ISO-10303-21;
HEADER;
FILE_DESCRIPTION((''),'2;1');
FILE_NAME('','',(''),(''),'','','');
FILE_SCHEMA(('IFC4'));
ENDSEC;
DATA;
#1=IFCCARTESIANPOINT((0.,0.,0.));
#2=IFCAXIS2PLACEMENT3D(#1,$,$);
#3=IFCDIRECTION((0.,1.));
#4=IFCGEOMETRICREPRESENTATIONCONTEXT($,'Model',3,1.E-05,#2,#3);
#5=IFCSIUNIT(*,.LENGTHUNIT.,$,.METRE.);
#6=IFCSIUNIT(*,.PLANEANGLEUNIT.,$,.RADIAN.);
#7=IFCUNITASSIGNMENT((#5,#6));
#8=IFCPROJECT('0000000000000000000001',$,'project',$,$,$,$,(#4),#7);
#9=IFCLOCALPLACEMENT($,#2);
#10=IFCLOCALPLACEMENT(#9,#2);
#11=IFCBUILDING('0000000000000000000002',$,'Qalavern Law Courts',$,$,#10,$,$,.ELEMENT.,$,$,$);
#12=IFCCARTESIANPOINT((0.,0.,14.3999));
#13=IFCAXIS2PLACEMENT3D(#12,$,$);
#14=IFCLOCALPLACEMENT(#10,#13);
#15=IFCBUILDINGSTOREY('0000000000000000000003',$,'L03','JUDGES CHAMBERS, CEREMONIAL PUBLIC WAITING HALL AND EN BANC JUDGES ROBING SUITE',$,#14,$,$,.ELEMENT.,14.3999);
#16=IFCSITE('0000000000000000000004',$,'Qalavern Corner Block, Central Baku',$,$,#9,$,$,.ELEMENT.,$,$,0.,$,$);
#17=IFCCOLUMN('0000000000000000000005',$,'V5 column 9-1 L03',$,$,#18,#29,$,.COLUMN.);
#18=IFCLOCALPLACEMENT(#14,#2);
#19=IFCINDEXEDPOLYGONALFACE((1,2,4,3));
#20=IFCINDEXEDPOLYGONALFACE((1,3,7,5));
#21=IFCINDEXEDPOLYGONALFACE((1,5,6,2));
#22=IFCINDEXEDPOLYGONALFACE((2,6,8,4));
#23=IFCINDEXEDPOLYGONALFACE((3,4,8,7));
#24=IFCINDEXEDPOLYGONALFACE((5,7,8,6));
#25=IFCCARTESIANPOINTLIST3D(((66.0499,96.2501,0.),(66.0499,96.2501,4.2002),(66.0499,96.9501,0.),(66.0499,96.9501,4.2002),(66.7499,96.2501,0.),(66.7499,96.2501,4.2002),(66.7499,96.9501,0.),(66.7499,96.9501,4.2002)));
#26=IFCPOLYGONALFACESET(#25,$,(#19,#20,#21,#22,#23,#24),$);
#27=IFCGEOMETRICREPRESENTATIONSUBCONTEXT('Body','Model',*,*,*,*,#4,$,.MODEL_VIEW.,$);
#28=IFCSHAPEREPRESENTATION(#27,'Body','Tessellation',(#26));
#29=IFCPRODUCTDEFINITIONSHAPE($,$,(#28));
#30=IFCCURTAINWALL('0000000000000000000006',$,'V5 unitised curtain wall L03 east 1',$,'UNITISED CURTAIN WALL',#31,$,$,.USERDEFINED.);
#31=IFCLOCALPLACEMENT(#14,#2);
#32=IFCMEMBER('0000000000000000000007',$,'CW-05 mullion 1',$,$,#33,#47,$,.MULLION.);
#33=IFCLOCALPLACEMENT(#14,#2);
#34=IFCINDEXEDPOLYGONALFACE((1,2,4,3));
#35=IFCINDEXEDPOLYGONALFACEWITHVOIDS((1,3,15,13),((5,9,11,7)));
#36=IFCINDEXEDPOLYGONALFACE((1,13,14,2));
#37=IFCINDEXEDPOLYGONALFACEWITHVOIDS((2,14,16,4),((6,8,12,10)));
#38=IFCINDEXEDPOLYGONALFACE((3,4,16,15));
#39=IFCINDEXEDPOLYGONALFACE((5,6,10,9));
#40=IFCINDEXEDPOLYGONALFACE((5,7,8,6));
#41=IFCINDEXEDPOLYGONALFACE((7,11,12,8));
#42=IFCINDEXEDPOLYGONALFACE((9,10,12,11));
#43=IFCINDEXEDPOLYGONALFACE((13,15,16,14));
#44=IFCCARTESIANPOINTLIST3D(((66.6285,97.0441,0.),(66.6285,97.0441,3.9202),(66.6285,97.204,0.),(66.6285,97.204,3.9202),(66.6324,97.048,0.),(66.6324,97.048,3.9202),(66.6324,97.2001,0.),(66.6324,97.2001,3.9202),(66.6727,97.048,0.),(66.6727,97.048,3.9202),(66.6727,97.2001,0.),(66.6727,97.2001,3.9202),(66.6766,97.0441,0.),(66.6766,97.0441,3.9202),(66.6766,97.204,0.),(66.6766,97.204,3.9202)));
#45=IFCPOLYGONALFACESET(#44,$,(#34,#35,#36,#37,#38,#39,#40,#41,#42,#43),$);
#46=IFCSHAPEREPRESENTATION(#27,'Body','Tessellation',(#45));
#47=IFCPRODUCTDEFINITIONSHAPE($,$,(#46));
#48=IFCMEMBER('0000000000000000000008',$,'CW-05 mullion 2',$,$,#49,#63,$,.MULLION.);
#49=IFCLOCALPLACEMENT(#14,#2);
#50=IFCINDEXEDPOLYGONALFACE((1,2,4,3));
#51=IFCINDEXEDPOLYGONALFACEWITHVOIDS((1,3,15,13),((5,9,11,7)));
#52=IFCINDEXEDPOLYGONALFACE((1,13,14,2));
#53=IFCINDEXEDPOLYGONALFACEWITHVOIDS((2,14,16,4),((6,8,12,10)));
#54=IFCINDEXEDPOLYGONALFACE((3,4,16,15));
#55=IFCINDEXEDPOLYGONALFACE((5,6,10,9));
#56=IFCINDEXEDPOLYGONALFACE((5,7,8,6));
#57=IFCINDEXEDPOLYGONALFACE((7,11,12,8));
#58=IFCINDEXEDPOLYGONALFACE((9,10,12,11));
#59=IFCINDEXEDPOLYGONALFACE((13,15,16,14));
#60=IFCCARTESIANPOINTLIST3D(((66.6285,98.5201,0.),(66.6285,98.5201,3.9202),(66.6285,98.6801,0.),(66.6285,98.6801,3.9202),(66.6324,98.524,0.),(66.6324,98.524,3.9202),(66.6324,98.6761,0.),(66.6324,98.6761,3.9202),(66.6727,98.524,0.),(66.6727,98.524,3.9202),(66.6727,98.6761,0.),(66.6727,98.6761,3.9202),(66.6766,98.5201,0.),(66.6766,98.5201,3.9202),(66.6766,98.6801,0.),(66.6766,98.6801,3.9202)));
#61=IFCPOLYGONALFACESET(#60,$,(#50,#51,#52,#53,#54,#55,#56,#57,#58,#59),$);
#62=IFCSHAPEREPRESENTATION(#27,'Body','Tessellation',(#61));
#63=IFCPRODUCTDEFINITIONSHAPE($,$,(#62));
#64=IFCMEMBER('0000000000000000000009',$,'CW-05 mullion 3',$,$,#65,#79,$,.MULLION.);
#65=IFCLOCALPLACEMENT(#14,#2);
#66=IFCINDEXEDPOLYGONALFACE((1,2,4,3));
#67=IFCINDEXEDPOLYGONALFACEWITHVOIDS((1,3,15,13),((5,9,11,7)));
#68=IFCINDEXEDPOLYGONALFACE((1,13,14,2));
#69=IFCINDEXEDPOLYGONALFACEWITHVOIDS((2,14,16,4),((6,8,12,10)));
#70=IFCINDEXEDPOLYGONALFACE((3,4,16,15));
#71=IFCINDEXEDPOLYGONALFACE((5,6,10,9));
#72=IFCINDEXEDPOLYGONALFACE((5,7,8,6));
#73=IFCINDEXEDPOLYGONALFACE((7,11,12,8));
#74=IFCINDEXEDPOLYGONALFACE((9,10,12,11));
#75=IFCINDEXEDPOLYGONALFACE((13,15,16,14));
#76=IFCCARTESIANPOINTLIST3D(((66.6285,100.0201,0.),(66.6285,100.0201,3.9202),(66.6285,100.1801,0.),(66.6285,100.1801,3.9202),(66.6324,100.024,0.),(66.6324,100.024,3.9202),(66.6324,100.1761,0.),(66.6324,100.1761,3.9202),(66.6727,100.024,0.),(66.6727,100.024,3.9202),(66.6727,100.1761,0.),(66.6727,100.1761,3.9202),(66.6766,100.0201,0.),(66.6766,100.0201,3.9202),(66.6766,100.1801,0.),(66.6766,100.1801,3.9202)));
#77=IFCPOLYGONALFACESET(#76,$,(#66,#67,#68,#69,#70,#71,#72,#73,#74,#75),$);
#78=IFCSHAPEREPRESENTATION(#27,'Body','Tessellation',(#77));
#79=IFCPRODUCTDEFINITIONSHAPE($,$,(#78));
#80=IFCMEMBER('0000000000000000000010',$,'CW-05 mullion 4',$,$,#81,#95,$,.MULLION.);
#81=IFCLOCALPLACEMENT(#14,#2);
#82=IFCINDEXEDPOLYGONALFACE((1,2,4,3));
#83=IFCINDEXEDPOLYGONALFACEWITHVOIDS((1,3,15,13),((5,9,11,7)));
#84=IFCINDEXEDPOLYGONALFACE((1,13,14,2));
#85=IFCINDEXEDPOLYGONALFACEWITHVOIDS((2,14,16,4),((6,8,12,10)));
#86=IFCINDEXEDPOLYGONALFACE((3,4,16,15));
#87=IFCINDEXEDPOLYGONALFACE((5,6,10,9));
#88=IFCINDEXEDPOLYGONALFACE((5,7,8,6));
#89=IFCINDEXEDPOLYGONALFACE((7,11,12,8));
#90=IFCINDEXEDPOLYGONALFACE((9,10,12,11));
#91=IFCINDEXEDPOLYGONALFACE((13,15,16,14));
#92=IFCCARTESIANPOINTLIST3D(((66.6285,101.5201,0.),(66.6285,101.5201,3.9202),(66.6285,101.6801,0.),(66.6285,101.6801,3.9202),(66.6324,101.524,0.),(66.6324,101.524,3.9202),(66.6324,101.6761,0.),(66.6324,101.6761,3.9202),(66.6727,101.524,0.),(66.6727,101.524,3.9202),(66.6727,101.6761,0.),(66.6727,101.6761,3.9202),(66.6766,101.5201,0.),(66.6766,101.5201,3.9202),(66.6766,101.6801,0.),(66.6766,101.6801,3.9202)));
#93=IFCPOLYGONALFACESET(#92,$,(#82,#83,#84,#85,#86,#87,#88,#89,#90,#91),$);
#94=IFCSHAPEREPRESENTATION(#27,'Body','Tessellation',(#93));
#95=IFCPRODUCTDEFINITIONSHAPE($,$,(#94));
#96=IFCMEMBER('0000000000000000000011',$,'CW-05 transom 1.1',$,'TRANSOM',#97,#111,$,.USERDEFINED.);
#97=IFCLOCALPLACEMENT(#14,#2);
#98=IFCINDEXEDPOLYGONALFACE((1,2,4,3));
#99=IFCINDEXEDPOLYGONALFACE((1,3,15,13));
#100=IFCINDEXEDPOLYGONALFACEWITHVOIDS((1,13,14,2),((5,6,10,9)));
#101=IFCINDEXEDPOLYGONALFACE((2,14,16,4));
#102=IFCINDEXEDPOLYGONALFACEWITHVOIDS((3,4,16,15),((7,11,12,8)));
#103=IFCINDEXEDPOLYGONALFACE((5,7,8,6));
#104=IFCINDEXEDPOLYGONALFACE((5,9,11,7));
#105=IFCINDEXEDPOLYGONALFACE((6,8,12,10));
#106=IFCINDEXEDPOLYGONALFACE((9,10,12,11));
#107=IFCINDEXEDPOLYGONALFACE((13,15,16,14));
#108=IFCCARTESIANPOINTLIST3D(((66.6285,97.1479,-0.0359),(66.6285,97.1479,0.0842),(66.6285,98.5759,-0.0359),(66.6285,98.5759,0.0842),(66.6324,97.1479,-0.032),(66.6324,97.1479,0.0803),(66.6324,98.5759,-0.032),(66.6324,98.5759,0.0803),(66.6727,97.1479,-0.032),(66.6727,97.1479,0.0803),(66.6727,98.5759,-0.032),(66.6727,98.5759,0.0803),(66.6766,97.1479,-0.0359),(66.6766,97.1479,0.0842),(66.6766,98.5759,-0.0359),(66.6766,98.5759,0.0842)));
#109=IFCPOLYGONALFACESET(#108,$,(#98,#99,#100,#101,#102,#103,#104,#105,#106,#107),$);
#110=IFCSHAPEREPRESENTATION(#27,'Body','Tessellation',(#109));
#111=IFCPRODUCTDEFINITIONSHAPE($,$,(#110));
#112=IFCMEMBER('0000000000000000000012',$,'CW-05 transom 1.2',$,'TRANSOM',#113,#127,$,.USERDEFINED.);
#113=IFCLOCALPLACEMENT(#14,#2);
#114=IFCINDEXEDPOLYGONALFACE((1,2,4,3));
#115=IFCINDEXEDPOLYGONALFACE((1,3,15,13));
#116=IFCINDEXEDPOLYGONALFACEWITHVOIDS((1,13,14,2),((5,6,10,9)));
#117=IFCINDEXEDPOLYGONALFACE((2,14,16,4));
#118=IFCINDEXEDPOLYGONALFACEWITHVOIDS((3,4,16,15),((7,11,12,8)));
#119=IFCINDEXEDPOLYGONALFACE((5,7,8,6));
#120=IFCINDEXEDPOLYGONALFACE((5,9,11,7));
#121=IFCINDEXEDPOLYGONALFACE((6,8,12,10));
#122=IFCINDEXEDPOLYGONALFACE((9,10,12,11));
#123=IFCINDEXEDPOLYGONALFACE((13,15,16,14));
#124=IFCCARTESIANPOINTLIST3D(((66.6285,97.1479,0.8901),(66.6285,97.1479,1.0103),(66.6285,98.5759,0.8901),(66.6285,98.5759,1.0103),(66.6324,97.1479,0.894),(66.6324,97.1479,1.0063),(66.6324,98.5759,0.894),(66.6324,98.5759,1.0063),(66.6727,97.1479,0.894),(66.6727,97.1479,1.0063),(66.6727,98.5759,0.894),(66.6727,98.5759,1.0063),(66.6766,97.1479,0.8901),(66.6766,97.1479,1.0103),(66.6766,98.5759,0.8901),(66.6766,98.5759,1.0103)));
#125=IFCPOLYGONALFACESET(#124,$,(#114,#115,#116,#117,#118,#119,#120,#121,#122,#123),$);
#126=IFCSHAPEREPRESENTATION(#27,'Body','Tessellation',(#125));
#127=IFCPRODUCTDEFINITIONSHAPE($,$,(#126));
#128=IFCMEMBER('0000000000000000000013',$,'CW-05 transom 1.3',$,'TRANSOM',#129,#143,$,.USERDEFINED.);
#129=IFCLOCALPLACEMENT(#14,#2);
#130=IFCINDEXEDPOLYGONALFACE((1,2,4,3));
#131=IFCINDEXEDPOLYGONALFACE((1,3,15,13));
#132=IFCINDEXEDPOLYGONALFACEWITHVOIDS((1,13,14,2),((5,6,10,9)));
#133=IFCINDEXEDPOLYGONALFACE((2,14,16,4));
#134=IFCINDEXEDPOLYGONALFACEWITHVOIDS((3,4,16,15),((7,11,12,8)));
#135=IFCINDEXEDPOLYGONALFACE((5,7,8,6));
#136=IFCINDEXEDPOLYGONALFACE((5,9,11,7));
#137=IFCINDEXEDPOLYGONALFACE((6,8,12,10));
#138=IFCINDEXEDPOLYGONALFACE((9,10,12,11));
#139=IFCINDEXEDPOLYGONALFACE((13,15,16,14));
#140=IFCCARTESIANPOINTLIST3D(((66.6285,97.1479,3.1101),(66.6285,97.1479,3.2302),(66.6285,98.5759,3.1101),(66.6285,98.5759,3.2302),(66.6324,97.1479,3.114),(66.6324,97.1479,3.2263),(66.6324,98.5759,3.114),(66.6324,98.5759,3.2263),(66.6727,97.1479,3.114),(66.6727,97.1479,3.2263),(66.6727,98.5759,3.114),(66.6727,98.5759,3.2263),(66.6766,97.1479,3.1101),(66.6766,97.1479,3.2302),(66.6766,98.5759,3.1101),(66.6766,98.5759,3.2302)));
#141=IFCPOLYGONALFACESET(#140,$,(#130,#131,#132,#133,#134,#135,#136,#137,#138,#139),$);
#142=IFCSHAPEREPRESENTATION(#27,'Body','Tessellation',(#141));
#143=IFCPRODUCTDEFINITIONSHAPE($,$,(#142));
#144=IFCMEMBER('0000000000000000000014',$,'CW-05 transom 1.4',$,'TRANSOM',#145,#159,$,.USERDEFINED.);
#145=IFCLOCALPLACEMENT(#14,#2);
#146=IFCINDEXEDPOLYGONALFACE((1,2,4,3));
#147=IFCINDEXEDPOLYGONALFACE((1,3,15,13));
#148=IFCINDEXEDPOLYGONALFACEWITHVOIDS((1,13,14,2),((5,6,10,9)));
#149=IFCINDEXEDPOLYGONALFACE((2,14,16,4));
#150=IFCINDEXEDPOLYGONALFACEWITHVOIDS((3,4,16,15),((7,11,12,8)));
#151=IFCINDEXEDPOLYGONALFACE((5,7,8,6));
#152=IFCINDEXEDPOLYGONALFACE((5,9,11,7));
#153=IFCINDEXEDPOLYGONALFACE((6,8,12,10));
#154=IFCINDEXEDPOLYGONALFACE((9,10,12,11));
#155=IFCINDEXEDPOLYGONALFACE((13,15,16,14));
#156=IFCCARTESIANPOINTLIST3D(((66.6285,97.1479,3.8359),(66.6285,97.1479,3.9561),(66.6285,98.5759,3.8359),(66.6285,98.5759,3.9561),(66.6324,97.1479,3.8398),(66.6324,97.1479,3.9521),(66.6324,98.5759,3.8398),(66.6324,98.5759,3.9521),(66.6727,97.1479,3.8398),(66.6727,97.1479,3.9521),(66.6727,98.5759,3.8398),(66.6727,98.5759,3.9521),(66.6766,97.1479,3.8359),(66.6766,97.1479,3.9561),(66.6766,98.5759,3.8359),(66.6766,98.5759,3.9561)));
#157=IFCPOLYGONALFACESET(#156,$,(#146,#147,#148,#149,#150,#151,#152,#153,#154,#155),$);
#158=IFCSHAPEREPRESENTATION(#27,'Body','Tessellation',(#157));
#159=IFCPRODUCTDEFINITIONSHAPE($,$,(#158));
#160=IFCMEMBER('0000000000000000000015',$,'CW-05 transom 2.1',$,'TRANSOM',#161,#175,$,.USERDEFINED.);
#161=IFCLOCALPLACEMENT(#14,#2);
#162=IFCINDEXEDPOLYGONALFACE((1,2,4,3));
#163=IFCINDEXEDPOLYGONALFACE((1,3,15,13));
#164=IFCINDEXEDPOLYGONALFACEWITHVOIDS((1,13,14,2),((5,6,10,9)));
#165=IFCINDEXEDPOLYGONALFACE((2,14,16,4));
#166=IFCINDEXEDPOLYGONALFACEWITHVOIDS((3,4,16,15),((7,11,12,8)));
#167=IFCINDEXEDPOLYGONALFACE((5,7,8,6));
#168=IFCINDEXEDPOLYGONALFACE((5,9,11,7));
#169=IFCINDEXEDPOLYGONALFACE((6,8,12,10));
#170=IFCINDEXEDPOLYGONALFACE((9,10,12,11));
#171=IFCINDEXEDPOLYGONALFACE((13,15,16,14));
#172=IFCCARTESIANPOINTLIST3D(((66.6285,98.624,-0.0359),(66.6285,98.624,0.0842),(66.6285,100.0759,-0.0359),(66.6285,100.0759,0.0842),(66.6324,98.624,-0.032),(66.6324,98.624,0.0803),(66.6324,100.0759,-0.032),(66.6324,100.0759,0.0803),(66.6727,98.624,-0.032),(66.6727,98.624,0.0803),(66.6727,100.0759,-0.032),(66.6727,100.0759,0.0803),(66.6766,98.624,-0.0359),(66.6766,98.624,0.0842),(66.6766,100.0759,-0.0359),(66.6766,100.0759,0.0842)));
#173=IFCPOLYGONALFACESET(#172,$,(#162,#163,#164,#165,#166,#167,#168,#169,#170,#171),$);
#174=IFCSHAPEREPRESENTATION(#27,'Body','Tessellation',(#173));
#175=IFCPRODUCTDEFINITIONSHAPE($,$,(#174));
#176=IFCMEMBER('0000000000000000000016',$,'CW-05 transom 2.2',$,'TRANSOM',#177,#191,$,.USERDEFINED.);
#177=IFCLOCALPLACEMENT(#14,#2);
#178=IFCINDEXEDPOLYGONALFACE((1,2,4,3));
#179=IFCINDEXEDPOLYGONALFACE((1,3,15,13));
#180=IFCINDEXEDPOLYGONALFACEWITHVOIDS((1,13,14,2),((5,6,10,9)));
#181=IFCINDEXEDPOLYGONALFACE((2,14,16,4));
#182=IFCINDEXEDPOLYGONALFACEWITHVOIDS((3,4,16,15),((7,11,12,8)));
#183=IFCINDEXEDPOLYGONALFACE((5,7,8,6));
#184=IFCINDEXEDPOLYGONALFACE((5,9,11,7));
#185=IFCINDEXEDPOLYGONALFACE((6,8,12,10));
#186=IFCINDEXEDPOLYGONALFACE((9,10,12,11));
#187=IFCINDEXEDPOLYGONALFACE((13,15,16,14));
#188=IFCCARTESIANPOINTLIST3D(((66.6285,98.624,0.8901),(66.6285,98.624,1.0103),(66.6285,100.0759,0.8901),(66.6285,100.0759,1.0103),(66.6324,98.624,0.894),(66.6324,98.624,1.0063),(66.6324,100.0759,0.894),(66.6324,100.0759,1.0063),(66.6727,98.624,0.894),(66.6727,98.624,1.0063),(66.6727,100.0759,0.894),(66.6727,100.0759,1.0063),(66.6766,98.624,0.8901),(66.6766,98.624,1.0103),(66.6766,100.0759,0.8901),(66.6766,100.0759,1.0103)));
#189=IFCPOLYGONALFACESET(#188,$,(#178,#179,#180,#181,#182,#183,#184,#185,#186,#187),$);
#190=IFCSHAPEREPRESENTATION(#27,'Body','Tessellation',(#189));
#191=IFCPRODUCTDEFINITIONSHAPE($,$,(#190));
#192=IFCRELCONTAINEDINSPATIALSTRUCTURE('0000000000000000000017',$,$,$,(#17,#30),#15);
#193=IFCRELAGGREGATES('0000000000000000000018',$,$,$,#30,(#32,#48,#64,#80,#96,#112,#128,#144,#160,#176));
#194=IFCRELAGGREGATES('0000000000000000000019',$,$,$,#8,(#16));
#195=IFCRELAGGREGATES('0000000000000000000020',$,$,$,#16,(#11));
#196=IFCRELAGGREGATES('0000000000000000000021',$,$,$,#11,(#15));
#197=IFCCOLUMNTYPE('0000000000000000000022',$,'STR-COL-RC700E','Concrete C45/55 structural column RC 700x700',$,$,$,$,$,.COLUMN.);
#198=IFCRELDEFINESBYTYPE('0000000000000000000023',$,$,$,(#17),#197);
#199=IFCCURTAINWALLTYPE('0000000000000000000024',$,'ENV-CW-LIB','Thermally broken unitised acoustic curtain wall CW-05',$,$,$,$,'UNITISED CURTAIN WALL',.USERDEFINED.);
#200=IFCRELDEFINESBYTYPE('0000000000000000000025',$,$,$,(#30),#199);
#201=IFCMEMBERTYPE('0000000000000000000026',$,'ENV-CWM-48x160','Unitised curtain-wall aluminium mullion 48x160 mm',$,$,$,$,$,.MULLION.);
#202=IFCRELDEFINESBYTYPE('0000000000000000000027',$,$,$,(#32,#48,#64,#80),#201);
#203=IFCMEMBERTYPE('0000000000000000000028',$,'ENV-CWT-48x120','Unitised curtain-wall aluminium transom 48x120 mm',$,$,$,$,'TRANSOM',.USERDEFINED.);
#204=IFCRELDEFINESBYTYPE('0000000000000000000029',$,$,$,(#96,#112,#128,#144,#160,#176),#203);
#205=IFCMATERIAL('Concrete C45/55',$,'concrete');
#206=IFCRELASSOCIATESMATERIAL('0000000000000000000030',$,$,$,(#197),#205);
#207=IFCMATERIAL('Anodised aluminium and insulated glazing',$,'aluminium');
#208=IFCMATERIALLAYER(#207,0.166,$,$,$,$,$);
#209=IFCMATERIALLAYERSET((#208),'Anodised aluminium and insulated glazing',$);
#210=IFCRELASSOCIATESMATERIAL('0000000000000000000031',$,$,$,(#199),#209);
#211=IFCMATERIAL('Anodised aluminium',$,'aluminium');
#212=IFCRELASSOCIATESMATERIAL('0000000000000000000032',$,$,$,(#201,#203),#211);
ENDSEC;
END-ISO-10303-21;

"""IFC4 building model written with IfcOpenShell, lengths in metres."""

from ifc_helpers import new_model, si_unit, direction, frame, origin, origin_2d, place, context, subcontext, project, spatial, rectangle, hollow_rectangle, extrude, material, layer, layer_set, material_profile, profile_set, type_object, element, aggregate, save


model = new_model("IFC4")

# Units and contexts
model_context = context("Model", 3, precision=1e-05, world=origin(), true_north=direction((0.0, 1.0)))
body_context = subcontext(model_context, "Body", "Model", "MODEL_VIEW")
ifc_project = project(units=[si_unit("LENGTHUNIT", "METRE"), si_unit("PLANEANGLEUNIT", "RADIAN")], contexts=[model_context])

# Site, building, storey
site_placement = place(None, origin())
site = spatial("IfcSite", under=ifc_project, at=site_placement, Name="Qalavern Corner Block, Central Baku", CompositionType="ELEMENT", RefElevation=0.0)
building_placement = place(site_placement, origin())
building = spatial("IfcBuilding", under=site, at=building_placement, Name="Qalavern Law Courts", CompositionType="ELEMENT")
storey_placement = place(building_placement, frame((0.0, 0.0, 14.3999)))
storey = spatial("IfcBuildingStorey", under=building, at=storey_placement, Name="L03", Description="JUDGES CHAMBERS, CEREMONIAL PUBLIC WAITING HALL AND EN BANC JUDGES ROBING SUITE", CompositionType="ELEMENT", Elevation=14.3999)

# Column
ifc_material_1 = material(Name="Concrete C45/55", Category="concrete")
ifc_material_profile_1 = material_profile(ifc_material_1, rectangle(XDim=0.7, YDim=0.7, at=origin_2d()), Name="RC 700x700")
ifc_profile_set_1 = profile_set([ifc_material_profile_1], Name="Concrete C45/55")
column_type = type_object("IfcColumnType", Name="STR-COL-RC700E", Description="Concrete C45/55 structural column RC 700x700", PredefinedType="COLUMN", material=ifc_profile_set_1)
column_placement = place(storey_placement, frame((66.3999, 96.6001, 0.0), z_axis=(0.0, 0.0, 1.0), x_axis=(1.0, 0.0, 0.0)))
element("IfcColumn", 1, at=column_placement, inside=storey, type_object=column_type, Name="V5 column 9-1 L03", PredefinedType="COLUMN", context=body_context, shape_type="SweptSolid", body=[
    extrude(rectangle(XDim=0.7, YDim=0.7, at=origin_2d()), origin(), (0.0, 0.0, 1.0), 4.2002),
])

# Curtain wall, members
ifc_material_2 = material(Name="Anodised aluminium and insulated glazing", Category="aluminium")
ifc_layer_1 = layer(ifc_material_2, 0.166)
ifc_layer_set_1 = layer_set([ifc_layer_1], Name="Anodised aluminium and insulated glazing")
curtain_wall_type = type_object("IfcCurtainWallType", Name="ENV-CW-LIB", Description="Thermally broken unitised acoustic curtain wall CW-05", ElementType="UNITISED CURTAIN WALL", PredefinedType="USERDEFINED", material=ifc_layer_set_1)
curtain_wall_placement = place(storey_placement, origin())
curtain_wall = element("IfcCurtainWall", 2, at=curtain_wall_placement, inside=storey, type_object=curtain_wall_type, Name="V5 unitised curtain wall L03 east 1", ObjectType="UNITISED CURTAIN WALL", PredefinedType="USERDEFINED")
ifc_material_3 = material(Name="Anodised aluminium", Category="aluminium")
ifc_material_profile_2 = material_profile(ifc_material_3, hollow_rectangle(XDim=0.0481, YDim=0.1599, WallThickness=0.0039, at=origin_2d()), Name="ALU MULLION 48x160")
ifc_profile_set_2 = profile_set([ifc_material_profile_2], Name="Anodised aluminium")
member_type_1 = type_object("IfcMemberType", Name="ENV-CWM-48x160", Description="Unitised curtain-wall aluminium mullion 48x160 mm", PredefinedType="MULLION", material=ifc_profile_set_2)
member_1_placement = place(storey_placement, frame((66.6526, 97.124, 0.0), z_axis=(0.0, 0.0, 1.0), x_axis=(-1.0, 0.0, 0.0)))
member_1 = element("IfcMember", 3, at=member_1_placement, type_object=member_type_1, Name="CW-05 mullion 1", PredefinedType="MULLION", context=body_context, shape_type="SweptSolid", body=[
    extrude(hollow_rectangle(XDim=0.0481, YDim=0.1599, WallThickness=0.0039, at=origin_2d()), origin(), (0.0, 0.0, 1.0), 3.9202),
])
member_2_placement = place(storey_placement, frame((66.6526, 98.6001, 0.0), z_axis=(0.0, 0.0, 1.0), x_axis=(-1.0, 0.0, 0.0)))
member_2 = element("IfcMember", 4, at=member_2_placement, type_object=member_type_1, Name="CW-05 mullion 2", PredefinedType="MULLION", context=body_context, shape_type="SweptSolid", body=[
    extrude(hollow_rectangle(XDim=0.0481, YDim=0.1599, WallThickness=0.0039, at=origin_2d()), origin(), (0.0, 0.0, 1.0), 3.9202),
])
member_3_placement = place(storey_placement, frame((66.6526, 100.1001, 0.0), z_axis=(0.0, 0.0, 1.0), x_axis=(-1.0, 0.0, 0.0)))
member_3 = element("IfcMember", 5, at=member_3_placement, type_object=member_type_1, Name="CW-05 mullion 3", PredefinedType="MULLION", context=body_context, shape_type="SweptSolid", body=[
    extrude(hollow_rectangle(XDim=0.0481, YDim=0.1599, WallThickness=0.0039, at=origin_2d()), origin(), (0.0, 0.0, 1.0), 3.9202),
])
member_4_placement = place(storey_placement, frame((66.6526, 101.6001, 0.0), z_axis=(0.0, 0.0, 1.0), x_axis=(-1.0, 0.0, 0.0)))
member_4 = element("IfcMember", 6, at=member_4_placement, type_object=member_type_1, Name="CW-05 mullion 4", PredefinedType="MULLION", context=body_context, shape_type="SweptSolid", body=[
    extrude(hollow_rectangle(XDim=0.0481, YDim=0.1599, WallThickness=0.0039, at=origin_2d()), origin(), (0.0, 0.0, 1.0), 3.9202),
])
ifc_material_profile_3 = material_profile(ifc_material_3, hollow_rectangle(XDim=0.0481, YDim=0.1201, WallThickness=0.0039, at=origin_2d()), Name="ALU TRANSOM 48x120")
ifc_profile_set_3 = profile_set([ifc_material_profile_3], Name="Anodised aluminium")
member_type_2 = type_object("IfcMemberType", Name="ENV-CWT-48x120", Description="Unitised curtain-wall aluminium transom 48x120 mm", ElementType="TRANSOM", PredefinedType="USERDEFINED", material=ifc_profile_set_3)
member_5_placement = place(storey_placement, frame((66.6526, 97.1479, 0.0242), z_axis=(0.0, 1.0, 0.0), x_axis=(-1.0, 0.0, 0.0)))
member_5 = element("IfcMember", 7, at=member_5_placement, type_object=member_type_2, Name="CW-05 transom 1.1", ObjectType="TRANSOM", PredefinedType="USERDEFINED", context=body_context, shape_type="SweptSolid", body=[
    extrude(hollow_rectangle(XDim=0.0481, YDim=0.1201, WallThickness=0.0039, at=origin_2d()), origin(), (0.0, 0.0, 1.0), 1.428),
])
member_6_placement = place(storey_placement, frame((66.6526, 97.1479, 0.9502), z_axis=(0.0, 1.0, 0.0), x_axis=(-1.0, 0.0, 0.0)))
member_6 = element("IfcMember", 8, at=member_6_placement, type_object=member_type_2, Name="CW-05 transom 1.2", ObjectType="TRANSOM", PredefinedType="USERDEFINED", context=body_context, shape_type="SweptSolid", body=[
    extrude(hollow_rectangle(XDim=0.0481, YDim=0.1201, WallThickness=0.0039, at=origin_2d()), origin(), (0.0, 0.0, 1.0), 1.428),
])
member_7_placement = place(storey_placement, frame((66.6526, 97.1479, 3.1702), z_axis=(0.0, 1.0, 0.0), x_axis=(-1.0, 0.0, 0.0)))
member_7 = element("IfcMember", 9, at=member_7_placement, type_object=member_type_2, Name="CW-05 transom 1.3", ObjectType="TRANSOM", PredefinedType="USERDEFINED", context=body_context, shape_type="SweptSolid", body=[
    extrude(hollow_rectangle(XDim=0.0481, YDim=0.1201, WallThickness=0.0039, at=origin_2d()), origin(), (0.0, 0.0, 1.0), 1.428),
])
member_8_placement = place(storey_placement, frame((66.6526, 97.1479, 3.896), z_axis=(0.0, 1.0, 0.0), x_axis=(-1.0, 0.0, 0.0)))
member_8 = element("IfcMember", 10, at=member_8_placement, type_object=member_type_2, Name="CW-05 transom 1.4", ObjectType="TRANSOM", PredefinedType="USERDEFINED", context=body_context, shape_type="SweptSolid", body=[
    extrude(hollow_rectangle(XDim=0.0481, YDim=0.1201, WallThickness=0.0039, at=origin_2d()), origin(), (0.0, 0.0, 1.0), 1.428),
])
member_9_placement = place(storey_placement, frame((66.6526, 98.624, 0.0242), z_axis=(0.0, 1.0, 0.0), x_axis=(-1.0, 0.0, 0.0)))
member_9 = element("IfcMember", 11, at=member_9_placement, type_object=member_type_2, Name="CW-05 transom 2.1", ObjectType="TRANSOM", PredefinedType="USERDEFINED", context=body_context, shape_type="SweptSolid", body=[
    extrude(hollow_rectangle(XDim=0.0481, YDim=0.1201, WallThickness=0.0039, at=origin_2d()), origin(), (0.0, 0.0, 1.0), 1.4519),
])
member_10_placement = place(storey_placement, frame((66.6526, 98.624, 0.9502), z_axis=(0.0, 1.0, 0.0), x_axis=(-1.0, 0.0, 0.0)))
member_10 = element("IfcMember", 12, at=member_10_placement, type_object=member_type_2, Name="CW-05 transom 2.2", ObjectType="TRANSOM", PredefinedType="USERDEFINED", context=body_context, shape_type="SweptSolid", body=[
    extrude(hollow_rectangle(XDim=0.0481, YDim=0.1201, WallThickness=0.0039, at=origin_2d()), origin(), (0.0, 0.0, 1.0), 1.4519),
])

aggregate(curtain_wall, [member_1, member_2, member_3, member_4, member_5, member_6, member_7, member_8, member_9, member_10])

save(model, "model.ifc")
